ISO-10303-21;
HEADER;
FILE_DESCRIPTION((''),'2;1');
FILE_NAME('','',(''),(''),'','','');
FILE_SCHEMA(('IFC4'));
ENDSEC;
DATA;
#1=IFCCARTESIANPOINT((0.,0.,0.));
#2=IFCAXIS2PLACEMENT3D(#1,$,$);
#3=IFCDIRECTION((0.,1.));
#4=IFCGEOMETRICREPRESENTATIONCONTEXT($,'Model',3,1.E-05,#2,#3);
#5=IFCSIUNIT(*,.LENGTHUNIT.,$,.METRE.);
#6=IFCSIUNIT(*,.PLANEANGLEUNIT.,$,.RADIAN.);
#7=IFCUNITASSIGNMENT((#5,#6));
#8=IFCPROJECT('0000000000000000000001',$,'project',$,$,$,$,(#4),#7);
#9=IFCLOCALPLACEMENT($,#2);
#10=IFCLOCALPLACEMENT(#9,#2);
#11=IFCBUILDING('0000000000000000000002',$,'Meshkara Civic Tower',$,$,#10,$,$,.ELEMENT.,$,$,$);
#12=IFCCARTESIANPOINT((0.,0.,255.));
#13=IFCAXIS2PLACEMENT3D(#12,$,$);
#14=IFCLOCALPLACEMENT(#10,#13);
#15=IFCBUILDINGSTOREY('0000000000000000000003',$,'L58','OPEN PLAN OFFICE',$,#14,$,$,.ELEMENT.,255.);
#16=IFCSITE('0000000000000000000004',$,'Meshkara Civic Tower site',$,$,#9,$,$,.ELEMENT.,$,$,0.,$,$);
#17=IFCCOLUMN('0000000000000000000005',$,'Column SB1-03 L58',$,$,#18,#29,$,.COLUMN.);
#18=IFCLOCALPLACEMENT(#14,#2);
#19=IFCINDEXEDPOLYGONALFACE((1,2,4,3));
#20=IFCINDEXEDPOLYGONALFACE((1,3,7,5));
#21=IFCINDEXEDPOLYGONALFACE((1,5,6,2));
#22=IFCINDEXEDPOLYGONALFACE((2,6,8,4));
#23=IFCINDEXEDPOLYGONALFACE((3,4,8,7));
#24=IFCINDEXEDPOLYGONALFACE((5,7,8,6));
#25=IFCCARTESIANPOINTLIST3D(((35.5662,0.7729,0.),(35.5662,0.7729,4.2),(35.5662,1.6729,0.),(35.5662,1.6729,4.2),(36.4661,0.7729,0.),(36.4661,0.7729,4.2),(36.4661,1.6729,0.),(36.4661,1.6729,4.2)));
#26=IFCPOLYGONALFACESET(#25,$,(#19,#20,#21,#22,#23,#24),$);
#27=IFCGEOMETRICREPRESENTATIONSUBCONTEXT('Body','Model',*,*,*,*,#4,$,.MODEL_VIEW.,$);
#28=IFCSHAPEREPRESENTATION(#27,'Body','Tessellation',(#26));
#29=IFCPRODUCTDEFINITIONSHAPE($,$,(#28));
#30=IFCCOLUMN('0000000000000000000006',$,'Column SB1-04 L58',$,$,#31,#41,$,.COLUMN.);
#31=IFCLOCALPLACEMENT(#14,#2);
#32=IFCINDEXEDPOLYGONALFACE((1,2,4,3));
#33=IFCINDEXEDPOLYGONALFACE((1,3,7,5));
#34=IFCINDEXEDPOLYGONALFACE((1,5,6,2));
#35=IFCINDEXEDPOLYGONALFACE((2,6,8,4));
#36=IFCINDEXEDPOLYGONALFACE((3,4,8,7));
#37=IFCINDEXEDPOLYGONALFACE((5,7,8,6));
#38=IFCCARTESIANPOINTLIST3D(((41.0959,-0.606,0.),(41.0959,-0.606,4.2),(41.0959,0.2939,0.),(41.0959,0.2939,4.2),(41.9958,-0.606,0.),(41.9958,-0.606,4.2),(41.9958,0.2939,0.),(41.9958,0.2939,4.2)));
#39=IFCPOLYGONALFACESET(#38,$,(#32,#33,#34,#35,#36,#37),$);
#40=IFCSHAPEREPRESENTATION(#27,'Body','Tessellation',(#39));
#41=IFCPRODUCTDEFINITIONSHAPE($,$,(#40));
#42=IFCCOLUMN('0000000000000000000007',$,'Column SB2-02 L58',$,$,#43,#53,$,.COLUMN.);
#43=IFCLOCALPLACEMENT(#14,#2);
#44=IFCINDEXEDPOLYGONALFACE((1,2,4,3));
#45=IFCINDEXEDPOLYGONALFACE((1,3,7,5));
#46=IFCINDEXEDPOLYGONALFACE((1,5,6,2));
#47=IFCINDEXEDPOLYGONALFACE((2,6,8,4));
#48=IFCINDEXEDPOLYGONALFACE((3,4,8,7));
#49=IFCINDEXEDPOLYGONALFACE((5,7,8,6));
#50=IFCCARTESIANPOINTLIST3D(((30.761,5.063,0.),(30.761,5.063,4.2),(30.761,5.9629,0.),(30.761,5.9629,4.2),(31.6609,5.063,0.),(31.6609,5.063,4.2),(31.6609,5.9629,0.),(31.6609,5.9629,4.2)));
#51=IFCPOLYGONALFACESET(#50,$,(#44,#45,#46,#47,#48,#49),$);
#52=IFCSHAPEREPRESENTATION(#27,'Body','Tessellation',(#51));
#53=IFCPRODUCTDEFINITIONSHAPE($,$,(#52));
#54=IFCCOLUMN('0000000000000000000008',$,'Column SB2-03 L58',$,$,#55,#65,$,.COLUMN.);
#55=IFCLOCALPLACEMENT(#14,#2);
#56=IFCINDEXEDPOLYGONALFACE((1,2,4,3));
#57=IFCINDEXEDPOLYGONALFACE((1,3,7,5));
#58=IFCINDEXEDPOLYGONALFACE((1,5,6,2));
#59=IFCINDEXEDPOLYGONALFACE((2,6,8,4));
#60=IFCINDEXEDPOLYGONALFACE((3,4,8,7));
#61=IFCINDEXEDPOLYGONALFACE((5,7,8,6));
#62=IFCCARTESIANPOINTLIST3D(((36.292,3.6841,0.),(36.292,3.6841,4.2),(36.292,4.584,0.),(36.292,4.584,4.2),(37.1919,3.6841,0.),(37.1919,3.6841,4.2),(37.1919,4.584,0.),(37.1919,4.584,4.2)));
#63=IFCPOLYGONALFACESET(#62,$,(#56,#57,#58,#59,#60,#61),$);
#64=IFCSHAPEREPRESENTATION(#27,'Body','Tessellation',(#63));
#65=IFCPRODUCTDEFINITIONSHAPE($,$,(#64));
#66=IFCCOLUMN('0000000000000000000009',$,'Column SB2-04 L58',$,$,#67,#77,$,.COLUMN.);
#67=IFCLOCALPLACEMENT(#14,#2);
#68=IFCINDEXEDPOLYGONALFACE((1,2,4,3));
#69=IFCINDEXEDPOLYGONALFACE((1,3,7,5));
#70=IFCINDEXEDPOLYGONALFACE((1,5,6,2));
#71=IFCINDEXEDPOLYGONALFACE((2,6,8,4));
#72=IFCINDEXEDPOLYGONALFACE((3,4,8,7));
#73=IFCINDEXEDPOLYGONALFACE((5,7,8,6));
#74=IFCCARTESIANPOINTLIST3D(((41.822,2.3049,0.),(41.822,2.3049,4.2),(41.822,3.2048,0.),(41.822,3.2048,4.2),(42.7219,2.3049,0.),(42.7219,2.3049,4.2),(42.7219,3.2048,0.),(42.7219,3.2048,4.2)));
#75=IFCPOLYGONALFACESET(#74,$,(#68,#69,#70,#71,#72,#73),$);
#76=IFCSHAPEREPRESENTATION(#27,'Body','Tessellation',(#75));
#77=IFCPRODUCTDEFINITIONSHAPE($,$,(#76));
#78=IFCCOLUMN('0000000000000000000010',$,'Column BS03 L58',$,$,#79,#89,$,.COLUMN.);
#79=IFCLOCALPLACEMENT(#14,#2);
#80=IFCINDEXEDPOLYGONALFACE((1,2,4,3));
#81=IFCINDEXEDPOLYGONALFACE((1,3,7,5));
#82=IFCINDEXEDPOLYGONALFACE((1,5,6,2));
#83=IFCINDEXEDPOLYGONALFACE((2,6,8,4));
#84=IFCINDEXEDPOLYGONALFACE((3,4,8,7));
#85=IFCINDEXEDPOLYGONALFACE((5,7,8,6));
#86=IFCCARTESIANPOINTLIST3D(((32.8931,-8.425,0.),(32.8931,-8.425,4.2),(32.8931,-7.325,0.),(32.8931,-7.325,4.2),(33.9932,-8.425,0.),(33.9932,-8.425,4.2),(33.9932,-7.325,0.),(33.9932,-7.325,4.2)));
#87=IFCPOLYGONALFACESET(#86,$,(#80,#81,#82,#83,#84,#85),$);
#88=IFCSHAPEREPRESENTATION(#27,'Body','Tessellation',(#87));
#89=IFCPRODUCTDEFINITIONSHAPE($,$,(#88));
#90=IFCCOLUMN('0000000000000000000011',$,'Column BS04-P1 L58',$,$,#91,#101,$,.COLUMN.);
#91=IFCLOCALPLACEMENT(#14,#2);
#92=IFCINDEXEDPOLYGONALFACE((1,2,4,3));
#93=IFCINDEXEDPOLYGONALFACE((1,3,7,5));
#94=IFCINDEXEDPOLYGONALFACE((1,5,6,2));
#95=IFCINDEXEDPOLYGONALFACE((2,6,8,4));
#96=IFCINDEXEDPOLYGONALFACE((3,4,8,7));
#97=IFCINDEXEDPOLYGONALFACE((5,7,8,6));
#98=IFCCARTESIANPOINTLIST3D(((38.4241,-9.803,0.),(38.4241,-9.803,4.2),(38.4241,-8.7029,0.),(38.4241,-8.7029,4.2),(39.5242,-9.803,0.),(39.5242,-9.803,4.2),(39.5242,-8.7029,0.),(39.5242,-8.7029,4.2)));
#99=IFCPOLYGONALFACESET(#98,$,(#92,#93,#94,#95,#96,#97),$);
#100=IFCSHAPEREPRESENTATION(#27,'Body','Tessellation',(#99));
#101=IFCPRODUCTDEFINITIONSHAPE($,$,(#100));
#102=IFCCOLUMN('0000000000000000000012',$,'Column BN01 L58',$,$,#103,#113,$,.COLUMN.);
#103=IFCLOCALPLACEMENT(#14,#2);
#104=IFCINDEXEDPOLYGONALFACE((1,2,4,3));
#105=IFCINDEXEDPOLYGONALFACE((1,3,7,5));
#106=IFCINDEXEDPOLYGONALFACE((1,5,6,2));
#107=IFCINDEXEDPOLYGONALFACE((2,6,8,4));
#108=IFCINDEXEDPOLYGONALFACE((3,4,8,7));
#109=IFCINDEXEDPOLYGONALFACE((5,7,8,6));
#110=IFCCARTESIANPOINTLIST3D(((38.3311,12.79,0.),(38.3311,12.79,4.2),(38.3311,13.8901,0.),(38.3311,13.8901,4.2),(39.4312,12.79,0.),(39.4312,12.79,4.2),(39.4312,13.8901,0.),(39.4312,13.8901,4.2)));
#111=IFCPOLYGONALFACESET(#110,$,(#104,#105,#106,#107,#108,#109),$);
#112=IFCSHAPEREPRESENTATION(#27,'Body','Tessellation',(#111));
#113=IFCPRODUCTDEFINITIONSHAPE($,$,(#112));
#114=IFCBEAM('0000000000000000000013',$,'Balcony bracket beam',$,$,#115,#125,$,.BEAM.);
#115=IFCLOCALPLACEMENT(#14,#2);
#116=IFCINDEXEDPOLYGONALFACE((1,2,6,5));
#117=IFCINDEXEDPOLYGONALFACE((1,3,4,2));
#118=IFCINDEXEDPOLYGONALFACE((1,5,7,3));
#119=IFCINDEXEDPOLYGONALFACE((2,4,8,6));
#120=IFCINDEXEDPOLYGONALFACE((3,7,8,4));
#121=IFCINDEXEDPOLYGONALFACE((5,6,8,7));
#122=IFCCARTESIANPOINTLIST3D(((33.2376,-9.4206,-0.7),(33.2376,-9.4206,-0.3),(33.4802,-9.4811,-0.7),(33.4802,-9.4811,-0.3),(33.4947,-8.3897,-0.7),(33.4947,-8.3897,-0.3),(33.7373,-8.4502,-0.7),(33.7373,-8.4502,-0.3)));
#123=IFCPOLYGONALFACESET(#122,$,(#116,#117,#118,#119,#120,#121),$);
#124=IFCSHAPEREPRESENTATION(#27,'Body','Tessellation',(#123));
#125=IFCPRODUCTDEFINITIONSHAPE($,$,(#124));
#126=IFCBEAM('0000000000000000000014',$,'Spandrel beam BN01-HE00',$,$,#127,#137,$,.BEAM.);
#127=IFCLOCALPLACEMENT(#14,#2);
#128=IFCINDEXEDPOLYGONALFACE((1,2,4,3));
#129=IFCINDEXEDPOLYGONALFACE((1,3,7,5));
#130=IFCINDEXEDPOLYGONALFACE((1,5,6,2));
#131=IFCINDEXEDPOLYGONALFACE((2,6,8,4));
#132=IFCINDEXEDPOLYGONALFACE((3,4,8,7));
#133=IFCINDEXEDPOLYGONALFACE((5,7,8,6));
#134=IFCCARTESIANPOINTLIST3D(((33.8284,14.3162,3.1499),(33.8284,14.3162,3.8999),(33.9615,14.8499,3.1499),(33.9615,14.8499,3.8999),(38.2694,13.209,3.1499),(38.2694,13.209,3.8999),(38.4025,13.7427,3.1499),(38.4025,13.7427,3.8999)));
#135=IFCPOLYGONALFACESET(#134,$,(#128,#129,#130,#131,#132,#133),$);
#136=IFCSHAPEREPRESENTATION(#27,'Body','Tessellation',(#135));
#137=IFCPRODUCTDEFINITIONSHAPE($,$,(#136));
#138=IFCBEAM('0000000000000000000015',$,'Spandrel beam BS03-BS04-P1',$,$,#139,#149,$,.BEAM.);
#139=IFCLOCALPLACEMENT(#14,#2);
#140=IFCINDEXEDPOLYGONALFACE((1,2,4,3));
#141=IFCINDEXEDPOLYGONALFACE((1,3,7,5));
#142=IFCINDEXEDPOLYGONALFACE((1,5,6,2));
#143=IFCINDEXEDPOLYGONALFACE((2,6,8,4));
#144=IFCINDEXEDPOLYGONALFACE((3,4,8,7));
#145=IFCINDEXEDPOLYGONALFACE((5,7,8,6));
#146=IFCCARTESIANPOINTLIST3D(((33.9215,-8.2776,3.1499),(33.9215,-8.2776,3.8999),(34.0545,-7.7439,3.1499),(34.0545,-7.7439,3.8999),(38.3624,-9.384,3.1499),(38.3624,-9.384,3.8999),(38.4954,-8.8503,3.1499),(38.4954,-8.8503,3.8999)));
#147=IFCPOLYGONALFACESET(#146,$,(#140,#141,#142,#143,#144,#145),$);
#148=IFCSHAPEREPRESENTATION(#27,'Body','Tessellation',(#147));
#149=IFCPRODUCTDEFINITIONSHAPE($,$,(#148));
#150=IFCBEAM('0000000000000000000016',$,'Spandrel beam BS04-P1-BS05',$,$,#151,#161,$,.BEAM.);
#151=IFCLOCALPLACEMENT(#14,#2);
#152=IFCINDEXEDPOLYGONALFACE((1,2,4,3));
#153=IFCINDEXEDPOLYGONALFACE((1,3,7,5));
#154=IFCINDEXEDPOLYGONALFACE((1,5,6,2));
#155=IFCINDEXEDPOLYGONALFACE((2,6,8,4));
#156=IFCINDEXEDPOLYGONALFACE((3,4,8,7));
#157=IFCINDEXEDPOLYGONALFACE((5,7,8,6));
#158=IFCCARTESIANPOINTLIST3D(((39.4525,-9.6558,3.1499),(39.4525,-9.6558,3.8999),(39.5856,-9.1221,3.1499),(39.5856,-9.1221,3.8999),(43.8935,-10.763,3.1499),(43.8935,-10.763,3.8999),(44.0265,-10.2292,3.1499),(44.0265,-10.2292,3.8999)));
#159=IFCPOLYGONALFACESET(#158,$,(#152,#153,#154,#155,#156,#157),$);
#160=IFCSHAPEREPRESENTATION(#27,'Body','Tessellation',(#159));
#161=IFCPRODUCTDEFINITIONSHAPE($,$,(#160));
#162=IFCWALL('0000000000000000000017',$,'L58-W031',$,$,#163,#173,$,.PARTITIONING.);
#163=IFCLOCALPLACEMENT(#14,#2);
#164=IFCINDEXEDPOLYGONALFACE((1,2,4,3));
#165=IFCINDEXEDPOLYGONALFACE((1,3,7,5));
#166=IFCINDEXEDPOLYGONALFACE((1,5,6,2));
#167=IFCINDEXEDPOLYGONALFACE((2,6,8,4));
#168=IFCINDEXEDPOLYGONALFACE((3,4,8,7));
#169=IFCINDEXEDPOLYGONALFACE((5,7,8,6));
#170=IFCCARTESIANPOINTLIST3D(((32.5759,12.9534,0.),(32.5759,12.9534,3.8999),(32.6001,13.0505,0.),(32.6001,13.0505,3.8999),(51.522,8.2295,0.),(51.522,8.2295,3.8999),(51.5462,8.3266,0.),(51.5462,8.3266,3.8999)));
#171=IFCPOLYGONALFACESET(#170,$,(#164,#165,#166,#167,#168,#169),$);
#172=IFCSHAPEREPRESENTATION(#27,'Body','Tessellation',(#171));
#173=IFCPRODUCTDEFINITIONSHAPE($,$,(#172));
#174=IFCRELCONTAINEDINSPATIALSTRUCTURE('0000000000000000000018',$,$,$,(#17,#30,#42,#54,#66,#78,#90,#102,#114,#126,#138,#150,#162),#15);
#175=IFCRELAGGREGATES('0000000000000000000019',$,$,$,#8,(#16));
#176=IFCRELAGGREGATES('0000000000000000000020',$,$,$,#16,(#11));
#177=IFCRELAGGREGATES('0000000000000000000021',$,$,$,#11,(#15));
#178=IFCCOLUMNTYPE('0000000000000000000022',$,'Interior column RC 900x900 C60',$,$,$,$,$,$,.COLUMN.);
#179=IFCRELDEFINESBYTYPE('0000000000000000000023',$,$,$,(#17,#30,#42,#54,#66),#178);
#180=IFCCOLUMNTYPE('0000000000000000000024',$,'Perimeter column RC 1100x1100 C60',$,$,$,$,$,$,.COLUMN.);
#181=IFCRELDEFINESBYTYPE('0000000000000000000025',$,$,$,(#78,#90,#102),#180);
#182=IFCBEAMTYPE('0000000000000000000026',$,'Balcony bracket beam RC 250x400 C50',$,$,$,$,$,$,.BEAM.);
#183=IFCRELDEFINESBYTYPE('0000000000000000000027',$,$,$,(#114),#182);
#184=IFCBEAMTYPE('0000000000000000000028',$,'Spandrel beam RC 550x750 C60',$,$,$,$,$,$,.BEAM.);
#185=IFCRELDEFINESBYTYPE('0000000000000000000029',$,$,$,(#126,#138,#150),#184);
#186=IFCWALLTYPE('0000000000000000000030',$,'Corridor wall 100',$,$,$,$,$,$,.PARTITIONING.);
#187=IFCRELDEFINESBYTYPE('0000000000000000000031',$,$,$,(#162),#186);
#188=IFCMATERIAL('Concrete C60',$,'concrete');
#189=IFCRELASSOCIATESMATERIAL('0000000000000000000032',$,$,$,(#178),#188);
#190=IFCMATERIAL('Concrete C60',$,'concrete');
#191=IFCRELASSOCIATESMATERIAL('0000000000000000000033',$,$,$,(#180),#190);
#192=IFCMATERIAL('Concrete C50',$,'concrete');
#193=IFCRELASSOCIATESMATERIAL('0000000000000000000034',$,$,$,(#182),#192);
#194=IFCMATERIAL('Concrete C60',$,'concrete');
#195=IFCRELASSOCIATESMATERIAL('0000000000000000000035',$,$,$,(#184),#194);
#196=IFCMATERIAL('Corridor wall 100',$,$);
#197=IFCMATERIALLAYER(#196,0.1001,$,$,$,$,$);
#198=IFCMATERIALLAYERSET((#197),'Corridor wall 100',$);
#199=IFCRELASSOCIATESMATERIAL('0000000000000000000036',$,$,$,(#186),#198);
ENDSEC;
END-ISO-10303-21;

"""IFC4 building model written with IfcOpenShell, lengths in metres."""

from ifc_helpers import new_model, si_unit, direction, frame, frame_2d, origin, origin_2d, place, context, subcontext, project, spatial, rectangle, extrude, material, layer, layer_set, material_profile, profile_set, type_object, element, save


model = new_model("IFC4")

# Units and contexts
model_context = context("Model", 3, precision=1e-05, world=origin(), true_north=direction((0.0, 1.0)))
body_context = subcontext(model_context, "Body", "Model", "MODEL_VIEW")
ifc_project = project(units=[si_unit("LENGTHUNIT", "METRE"), si_unit("PLANEANGLEUNIT", "RADIAN")], contexts=[model_context])

# Site, building, storey
site_placement = place(None, origin())
site = spatial("IfcSite", under=ifc_project, at=site_placement, Name="Meshkara Civic Tower site", CompositionType="ELEMENT", RefElevation=0.0)
building_placement = place(site_placement, origin())
building = spatial("IfcBuilding", under=site, at=building_placement, Name="Meshkara Civic Tower", CompositionType="ELEMENT")
storey_placement = place(building_placement, frame((0.0, 0.0, 255.0)))
storey = spatial("IfcBuildingStorey", under=building, at=storey_placement, Name="L58", Description="OPEN PLAN OFFICE", CompositionType="ELEMENT", Elevation=255.0)

# Columns
ifc_material_1 = material(Name="Concrete C60", Category="concrete")
ifc_material_profile_1 = material_profile(ifc_material_1, rectangle(XDim=0.8999, YDim=0.8999, at=origin_2d()))
ifc_profile_set_1 = profile_set([ifc_material_profile_1], Name="Concrete C60")
column_type_1 = type_object("IfcColumnType", Name="Interior column RC 900x900 C60", PredefinedType="COLUMN", material=ifc_profile_set_1)
for number, where, z_axis, x_axis, name in (
    (1, (36.0161, 1.2229, 0.0), (0.0, 0.0, 1.0), (1.0, 0.0, 0.0), "Column SB1-03 L58"),
    (2, (41.5459, -0.156, 0.0), (0.0, 0.0, 1.0), (1.0, 0.0, 0.0), "Column SB1-04 L58"),
    (3, (31.2109, 5.5129, 0.0), (0.0, 0.0, 1.0), (1.0, 0.0, 0.0), "Column SB2-02 L58"),
    (4, (36.7419, 4.134, 0.0), (0.0, 0.0, 1.0), (1.0, 0.0, 0.0), "Column SB2-03 L58"),
    (5, (42.272, 2.7549, 0.0), (0.0, 0.0, 1.0), (1.0, 0.0, 0.0), "Column SB2-04 L58"),
):
    element("IfcColumn", number, at=place(storey_placement, frame(where, z_axis=z_axis, x_axis=x_axis)), inside=storey, type_object=column_type_1, Name=name, PredefinedType="COLUMN", context=body_context, shape_type="SweptSolid", body=[
        extrude(rectangle(XDim=0.8999, YDim=0.8999, at=origin_2d()), origin(), (0.0, 0.0, 1.0), 4.2),
    ])
ifc_material_2 = material(Name="Concrete C60", Category="concrete")
ifc_material_profile_2 = material_profile(ifc_material_2, rectangle(XDim=1.1001, YDim=1.1001, at=origin_2d()))
ifc_profile_set_2 = profile_set([ifc_material_profile_2], Name="Concrete C60")
column_type_2 = type_object("IfcColumnType", Name="Perimeter column RC 1100x1100 C60", PredefinedType="COLUMN", material=ifc_profile_set_2)
for number, where, z_axis, x_axis, name in (
    (6, (33.4431, -7.875, 0.0), (0.0, 0.0, 1.0), (1.0, 0.0, 0.0), "Column BS03 L58"),
    (7, (38.9741, -9.2529, 0.0), (0.0, 0.0, 1.0), (1.0, 0.0, 0.0), "Column BS04-P1 L58"),
    (8, (38.8811, 13.3401, 0.0), (0.0, 0.0, 1.0), (1.0, 0.0, 0.0), "Column BN01 L58"),
):
    element("IfcColumn", number, at=place(storey_placement, frame(where, z_axis=z_axis, x_axis=x_axis)), inside=storey, type_object=column_type_2, Name=name, PredefinedType="COLUMN", context=body_context, shape_type="SweptSolid", body=[
        extrude(rectangle(XDim=1.1001, YDim=1.1001, at=origin_2d()), origin(), (0.0, 0.0, 1.0), 4.2),
    ])

# Beams
ifc_material_3 = material(Name="Concrete C50", Category="concrete")
ifc_material_profile_3 = material_profile(ifc_material_3, rectangle(XDim=0.25, YDim=0.3999, at=origin_2d()))
ifc_profile_set_3 = profile_set([ifc_material_profile_3], Name="Concrete C50")
beam_type_1 = type_object("IfcBeamType", Name="Balcony bracket beam RC 250x400 C50", PredefinedType="BEAM", material=ifc_profile_set_3)
beam_1_placement = place(storey_placement, frame((33.616, -8.4199, -0.5), z_axis=(-0.241941, -0.970291, 0.0), x_axis=(0.970291, -0.241941, 0.0)))
element("IfcBeam", 9, at=beam_1_placement, inside=storey, type_object=beam_type_1, Name="Balcony bracket beam", PredefinedType="BEAM", context=body_context, shape_type="SweptSolid", body=[
    extrude(rectangle(XDim=0.25, YDim=0.3999, at=origin_2d()), origin(), (0.0, 0.0, 1.0), 1.0625),
])
ifc_material_4 = material(Name="Concrete C60", Category="concrete")
ifc_material_profile_4 = material_profile(ifc_material_4, rectangle(XDim=0.55, YDim=0.75, at=origin_2d()))
ifc_profile_set_4 = profile_set([ifc_material_profile_4], Name="Concrete C60")
beam_type_2 = type_object("IfcBeamType", Name="Spandrel beam RC 550x750 C60", PredefinedType="BEAM", material=ifc_profile_set_4)
beam_2_placement = place(storey_placement, frame((38.3359, 13.4758, 3.5249), z_axis=(-0.970299, 0.241908, 0.0), x_axis=(-0.241908, -0.970299, 0.0)))
element("IfcBeam", 10, at=beam_2_placement, inside=storey, type_object=beam_type_2, Name="Spandrel beam BN01-HE00", PredefinedType="BEAM", context=body_context, shape_type="SweptSolid", body=[
    extrude(rectangle(XDim=0.55, YDim=0.75, at=origin_2d()), origin(), (0.0, 0.0, 1.0), 4.5769),
])
beam_3_placement = place(storey_placement, frame((33.988, -8.0107, 3.5249), z_axis=(0.970337, -0.241757, 0.0), x_axis=(0.241757, 0.970337, 0.0)))
element("IfcBeam", 11, at=beam_3_placement, inside=storey, type_object=beam_type_2, Name="Spandrel beam BS03-BS04-P1", PredefinedType="BEAM", context=body_context, shape_type="SweptSolid", body=[
    extrude(rectangle(XDim=0.55, YDim=0.75, at=origin_2d()), origin(), (0.0, 0.0, 1.0), 4.5767),
])
beam_4_placement = place(storey_placement, frame((39.519, -9.3889, 3.5249), z_axis=(0.970299, -0.241908, 0.0), x_axis=(0.241908, 0.970299, 0.0)))
element("IfcBeam", 12, at=beam_4_placement, inside=storey, type_object=beam_type_2, Name="Spandrel beam BS04-P1-BS05", PredefinedType="BEAM", context=body_context, shape_type="SweptSolid", body=[
    extrude(rectangle(XDim=0.55, YDim=0.75, at=origin_2d()), origin(), (0.0, 0.0, 1.0), 4.5769),
])

# Wall
ifc_material_5 = material(Name="Corridor wall 100")
ifc_layer_1 = layer(ifc_material_5, 0.1001)
ifc_layer_set_1 = layer_set([ifc_layer_1], Name="Corridor wall 100")
wall_type_1 = type_object("IfcWallType", Name="Corridor wall 100", PredefinedType="PARTITIONING", material=ifc_layer_set_1)
wall_1_placement = place(storey_placement, frame((32.5879, 13.002, 0.0), z_axis=(0.0, 0.0, 1.0), x_axis=(0.970295, -0.241927, 0.0)))
element("IfcWall", 13, at=wall_1_placement, inside=storey, type_object=wall_type_1, Name="L58-W031", PredefinedType="PARTITIONING", context=body_context, shape_type="SweptSolid", body=[
    extrude(rectangle(XDim=19.5261, YDim=0.1001, at=frame_2d((9.7632, 0.0))), origin(), (0.0, 0.0, 1.0), 3.8999),
])

save(model, "model.ifc")
